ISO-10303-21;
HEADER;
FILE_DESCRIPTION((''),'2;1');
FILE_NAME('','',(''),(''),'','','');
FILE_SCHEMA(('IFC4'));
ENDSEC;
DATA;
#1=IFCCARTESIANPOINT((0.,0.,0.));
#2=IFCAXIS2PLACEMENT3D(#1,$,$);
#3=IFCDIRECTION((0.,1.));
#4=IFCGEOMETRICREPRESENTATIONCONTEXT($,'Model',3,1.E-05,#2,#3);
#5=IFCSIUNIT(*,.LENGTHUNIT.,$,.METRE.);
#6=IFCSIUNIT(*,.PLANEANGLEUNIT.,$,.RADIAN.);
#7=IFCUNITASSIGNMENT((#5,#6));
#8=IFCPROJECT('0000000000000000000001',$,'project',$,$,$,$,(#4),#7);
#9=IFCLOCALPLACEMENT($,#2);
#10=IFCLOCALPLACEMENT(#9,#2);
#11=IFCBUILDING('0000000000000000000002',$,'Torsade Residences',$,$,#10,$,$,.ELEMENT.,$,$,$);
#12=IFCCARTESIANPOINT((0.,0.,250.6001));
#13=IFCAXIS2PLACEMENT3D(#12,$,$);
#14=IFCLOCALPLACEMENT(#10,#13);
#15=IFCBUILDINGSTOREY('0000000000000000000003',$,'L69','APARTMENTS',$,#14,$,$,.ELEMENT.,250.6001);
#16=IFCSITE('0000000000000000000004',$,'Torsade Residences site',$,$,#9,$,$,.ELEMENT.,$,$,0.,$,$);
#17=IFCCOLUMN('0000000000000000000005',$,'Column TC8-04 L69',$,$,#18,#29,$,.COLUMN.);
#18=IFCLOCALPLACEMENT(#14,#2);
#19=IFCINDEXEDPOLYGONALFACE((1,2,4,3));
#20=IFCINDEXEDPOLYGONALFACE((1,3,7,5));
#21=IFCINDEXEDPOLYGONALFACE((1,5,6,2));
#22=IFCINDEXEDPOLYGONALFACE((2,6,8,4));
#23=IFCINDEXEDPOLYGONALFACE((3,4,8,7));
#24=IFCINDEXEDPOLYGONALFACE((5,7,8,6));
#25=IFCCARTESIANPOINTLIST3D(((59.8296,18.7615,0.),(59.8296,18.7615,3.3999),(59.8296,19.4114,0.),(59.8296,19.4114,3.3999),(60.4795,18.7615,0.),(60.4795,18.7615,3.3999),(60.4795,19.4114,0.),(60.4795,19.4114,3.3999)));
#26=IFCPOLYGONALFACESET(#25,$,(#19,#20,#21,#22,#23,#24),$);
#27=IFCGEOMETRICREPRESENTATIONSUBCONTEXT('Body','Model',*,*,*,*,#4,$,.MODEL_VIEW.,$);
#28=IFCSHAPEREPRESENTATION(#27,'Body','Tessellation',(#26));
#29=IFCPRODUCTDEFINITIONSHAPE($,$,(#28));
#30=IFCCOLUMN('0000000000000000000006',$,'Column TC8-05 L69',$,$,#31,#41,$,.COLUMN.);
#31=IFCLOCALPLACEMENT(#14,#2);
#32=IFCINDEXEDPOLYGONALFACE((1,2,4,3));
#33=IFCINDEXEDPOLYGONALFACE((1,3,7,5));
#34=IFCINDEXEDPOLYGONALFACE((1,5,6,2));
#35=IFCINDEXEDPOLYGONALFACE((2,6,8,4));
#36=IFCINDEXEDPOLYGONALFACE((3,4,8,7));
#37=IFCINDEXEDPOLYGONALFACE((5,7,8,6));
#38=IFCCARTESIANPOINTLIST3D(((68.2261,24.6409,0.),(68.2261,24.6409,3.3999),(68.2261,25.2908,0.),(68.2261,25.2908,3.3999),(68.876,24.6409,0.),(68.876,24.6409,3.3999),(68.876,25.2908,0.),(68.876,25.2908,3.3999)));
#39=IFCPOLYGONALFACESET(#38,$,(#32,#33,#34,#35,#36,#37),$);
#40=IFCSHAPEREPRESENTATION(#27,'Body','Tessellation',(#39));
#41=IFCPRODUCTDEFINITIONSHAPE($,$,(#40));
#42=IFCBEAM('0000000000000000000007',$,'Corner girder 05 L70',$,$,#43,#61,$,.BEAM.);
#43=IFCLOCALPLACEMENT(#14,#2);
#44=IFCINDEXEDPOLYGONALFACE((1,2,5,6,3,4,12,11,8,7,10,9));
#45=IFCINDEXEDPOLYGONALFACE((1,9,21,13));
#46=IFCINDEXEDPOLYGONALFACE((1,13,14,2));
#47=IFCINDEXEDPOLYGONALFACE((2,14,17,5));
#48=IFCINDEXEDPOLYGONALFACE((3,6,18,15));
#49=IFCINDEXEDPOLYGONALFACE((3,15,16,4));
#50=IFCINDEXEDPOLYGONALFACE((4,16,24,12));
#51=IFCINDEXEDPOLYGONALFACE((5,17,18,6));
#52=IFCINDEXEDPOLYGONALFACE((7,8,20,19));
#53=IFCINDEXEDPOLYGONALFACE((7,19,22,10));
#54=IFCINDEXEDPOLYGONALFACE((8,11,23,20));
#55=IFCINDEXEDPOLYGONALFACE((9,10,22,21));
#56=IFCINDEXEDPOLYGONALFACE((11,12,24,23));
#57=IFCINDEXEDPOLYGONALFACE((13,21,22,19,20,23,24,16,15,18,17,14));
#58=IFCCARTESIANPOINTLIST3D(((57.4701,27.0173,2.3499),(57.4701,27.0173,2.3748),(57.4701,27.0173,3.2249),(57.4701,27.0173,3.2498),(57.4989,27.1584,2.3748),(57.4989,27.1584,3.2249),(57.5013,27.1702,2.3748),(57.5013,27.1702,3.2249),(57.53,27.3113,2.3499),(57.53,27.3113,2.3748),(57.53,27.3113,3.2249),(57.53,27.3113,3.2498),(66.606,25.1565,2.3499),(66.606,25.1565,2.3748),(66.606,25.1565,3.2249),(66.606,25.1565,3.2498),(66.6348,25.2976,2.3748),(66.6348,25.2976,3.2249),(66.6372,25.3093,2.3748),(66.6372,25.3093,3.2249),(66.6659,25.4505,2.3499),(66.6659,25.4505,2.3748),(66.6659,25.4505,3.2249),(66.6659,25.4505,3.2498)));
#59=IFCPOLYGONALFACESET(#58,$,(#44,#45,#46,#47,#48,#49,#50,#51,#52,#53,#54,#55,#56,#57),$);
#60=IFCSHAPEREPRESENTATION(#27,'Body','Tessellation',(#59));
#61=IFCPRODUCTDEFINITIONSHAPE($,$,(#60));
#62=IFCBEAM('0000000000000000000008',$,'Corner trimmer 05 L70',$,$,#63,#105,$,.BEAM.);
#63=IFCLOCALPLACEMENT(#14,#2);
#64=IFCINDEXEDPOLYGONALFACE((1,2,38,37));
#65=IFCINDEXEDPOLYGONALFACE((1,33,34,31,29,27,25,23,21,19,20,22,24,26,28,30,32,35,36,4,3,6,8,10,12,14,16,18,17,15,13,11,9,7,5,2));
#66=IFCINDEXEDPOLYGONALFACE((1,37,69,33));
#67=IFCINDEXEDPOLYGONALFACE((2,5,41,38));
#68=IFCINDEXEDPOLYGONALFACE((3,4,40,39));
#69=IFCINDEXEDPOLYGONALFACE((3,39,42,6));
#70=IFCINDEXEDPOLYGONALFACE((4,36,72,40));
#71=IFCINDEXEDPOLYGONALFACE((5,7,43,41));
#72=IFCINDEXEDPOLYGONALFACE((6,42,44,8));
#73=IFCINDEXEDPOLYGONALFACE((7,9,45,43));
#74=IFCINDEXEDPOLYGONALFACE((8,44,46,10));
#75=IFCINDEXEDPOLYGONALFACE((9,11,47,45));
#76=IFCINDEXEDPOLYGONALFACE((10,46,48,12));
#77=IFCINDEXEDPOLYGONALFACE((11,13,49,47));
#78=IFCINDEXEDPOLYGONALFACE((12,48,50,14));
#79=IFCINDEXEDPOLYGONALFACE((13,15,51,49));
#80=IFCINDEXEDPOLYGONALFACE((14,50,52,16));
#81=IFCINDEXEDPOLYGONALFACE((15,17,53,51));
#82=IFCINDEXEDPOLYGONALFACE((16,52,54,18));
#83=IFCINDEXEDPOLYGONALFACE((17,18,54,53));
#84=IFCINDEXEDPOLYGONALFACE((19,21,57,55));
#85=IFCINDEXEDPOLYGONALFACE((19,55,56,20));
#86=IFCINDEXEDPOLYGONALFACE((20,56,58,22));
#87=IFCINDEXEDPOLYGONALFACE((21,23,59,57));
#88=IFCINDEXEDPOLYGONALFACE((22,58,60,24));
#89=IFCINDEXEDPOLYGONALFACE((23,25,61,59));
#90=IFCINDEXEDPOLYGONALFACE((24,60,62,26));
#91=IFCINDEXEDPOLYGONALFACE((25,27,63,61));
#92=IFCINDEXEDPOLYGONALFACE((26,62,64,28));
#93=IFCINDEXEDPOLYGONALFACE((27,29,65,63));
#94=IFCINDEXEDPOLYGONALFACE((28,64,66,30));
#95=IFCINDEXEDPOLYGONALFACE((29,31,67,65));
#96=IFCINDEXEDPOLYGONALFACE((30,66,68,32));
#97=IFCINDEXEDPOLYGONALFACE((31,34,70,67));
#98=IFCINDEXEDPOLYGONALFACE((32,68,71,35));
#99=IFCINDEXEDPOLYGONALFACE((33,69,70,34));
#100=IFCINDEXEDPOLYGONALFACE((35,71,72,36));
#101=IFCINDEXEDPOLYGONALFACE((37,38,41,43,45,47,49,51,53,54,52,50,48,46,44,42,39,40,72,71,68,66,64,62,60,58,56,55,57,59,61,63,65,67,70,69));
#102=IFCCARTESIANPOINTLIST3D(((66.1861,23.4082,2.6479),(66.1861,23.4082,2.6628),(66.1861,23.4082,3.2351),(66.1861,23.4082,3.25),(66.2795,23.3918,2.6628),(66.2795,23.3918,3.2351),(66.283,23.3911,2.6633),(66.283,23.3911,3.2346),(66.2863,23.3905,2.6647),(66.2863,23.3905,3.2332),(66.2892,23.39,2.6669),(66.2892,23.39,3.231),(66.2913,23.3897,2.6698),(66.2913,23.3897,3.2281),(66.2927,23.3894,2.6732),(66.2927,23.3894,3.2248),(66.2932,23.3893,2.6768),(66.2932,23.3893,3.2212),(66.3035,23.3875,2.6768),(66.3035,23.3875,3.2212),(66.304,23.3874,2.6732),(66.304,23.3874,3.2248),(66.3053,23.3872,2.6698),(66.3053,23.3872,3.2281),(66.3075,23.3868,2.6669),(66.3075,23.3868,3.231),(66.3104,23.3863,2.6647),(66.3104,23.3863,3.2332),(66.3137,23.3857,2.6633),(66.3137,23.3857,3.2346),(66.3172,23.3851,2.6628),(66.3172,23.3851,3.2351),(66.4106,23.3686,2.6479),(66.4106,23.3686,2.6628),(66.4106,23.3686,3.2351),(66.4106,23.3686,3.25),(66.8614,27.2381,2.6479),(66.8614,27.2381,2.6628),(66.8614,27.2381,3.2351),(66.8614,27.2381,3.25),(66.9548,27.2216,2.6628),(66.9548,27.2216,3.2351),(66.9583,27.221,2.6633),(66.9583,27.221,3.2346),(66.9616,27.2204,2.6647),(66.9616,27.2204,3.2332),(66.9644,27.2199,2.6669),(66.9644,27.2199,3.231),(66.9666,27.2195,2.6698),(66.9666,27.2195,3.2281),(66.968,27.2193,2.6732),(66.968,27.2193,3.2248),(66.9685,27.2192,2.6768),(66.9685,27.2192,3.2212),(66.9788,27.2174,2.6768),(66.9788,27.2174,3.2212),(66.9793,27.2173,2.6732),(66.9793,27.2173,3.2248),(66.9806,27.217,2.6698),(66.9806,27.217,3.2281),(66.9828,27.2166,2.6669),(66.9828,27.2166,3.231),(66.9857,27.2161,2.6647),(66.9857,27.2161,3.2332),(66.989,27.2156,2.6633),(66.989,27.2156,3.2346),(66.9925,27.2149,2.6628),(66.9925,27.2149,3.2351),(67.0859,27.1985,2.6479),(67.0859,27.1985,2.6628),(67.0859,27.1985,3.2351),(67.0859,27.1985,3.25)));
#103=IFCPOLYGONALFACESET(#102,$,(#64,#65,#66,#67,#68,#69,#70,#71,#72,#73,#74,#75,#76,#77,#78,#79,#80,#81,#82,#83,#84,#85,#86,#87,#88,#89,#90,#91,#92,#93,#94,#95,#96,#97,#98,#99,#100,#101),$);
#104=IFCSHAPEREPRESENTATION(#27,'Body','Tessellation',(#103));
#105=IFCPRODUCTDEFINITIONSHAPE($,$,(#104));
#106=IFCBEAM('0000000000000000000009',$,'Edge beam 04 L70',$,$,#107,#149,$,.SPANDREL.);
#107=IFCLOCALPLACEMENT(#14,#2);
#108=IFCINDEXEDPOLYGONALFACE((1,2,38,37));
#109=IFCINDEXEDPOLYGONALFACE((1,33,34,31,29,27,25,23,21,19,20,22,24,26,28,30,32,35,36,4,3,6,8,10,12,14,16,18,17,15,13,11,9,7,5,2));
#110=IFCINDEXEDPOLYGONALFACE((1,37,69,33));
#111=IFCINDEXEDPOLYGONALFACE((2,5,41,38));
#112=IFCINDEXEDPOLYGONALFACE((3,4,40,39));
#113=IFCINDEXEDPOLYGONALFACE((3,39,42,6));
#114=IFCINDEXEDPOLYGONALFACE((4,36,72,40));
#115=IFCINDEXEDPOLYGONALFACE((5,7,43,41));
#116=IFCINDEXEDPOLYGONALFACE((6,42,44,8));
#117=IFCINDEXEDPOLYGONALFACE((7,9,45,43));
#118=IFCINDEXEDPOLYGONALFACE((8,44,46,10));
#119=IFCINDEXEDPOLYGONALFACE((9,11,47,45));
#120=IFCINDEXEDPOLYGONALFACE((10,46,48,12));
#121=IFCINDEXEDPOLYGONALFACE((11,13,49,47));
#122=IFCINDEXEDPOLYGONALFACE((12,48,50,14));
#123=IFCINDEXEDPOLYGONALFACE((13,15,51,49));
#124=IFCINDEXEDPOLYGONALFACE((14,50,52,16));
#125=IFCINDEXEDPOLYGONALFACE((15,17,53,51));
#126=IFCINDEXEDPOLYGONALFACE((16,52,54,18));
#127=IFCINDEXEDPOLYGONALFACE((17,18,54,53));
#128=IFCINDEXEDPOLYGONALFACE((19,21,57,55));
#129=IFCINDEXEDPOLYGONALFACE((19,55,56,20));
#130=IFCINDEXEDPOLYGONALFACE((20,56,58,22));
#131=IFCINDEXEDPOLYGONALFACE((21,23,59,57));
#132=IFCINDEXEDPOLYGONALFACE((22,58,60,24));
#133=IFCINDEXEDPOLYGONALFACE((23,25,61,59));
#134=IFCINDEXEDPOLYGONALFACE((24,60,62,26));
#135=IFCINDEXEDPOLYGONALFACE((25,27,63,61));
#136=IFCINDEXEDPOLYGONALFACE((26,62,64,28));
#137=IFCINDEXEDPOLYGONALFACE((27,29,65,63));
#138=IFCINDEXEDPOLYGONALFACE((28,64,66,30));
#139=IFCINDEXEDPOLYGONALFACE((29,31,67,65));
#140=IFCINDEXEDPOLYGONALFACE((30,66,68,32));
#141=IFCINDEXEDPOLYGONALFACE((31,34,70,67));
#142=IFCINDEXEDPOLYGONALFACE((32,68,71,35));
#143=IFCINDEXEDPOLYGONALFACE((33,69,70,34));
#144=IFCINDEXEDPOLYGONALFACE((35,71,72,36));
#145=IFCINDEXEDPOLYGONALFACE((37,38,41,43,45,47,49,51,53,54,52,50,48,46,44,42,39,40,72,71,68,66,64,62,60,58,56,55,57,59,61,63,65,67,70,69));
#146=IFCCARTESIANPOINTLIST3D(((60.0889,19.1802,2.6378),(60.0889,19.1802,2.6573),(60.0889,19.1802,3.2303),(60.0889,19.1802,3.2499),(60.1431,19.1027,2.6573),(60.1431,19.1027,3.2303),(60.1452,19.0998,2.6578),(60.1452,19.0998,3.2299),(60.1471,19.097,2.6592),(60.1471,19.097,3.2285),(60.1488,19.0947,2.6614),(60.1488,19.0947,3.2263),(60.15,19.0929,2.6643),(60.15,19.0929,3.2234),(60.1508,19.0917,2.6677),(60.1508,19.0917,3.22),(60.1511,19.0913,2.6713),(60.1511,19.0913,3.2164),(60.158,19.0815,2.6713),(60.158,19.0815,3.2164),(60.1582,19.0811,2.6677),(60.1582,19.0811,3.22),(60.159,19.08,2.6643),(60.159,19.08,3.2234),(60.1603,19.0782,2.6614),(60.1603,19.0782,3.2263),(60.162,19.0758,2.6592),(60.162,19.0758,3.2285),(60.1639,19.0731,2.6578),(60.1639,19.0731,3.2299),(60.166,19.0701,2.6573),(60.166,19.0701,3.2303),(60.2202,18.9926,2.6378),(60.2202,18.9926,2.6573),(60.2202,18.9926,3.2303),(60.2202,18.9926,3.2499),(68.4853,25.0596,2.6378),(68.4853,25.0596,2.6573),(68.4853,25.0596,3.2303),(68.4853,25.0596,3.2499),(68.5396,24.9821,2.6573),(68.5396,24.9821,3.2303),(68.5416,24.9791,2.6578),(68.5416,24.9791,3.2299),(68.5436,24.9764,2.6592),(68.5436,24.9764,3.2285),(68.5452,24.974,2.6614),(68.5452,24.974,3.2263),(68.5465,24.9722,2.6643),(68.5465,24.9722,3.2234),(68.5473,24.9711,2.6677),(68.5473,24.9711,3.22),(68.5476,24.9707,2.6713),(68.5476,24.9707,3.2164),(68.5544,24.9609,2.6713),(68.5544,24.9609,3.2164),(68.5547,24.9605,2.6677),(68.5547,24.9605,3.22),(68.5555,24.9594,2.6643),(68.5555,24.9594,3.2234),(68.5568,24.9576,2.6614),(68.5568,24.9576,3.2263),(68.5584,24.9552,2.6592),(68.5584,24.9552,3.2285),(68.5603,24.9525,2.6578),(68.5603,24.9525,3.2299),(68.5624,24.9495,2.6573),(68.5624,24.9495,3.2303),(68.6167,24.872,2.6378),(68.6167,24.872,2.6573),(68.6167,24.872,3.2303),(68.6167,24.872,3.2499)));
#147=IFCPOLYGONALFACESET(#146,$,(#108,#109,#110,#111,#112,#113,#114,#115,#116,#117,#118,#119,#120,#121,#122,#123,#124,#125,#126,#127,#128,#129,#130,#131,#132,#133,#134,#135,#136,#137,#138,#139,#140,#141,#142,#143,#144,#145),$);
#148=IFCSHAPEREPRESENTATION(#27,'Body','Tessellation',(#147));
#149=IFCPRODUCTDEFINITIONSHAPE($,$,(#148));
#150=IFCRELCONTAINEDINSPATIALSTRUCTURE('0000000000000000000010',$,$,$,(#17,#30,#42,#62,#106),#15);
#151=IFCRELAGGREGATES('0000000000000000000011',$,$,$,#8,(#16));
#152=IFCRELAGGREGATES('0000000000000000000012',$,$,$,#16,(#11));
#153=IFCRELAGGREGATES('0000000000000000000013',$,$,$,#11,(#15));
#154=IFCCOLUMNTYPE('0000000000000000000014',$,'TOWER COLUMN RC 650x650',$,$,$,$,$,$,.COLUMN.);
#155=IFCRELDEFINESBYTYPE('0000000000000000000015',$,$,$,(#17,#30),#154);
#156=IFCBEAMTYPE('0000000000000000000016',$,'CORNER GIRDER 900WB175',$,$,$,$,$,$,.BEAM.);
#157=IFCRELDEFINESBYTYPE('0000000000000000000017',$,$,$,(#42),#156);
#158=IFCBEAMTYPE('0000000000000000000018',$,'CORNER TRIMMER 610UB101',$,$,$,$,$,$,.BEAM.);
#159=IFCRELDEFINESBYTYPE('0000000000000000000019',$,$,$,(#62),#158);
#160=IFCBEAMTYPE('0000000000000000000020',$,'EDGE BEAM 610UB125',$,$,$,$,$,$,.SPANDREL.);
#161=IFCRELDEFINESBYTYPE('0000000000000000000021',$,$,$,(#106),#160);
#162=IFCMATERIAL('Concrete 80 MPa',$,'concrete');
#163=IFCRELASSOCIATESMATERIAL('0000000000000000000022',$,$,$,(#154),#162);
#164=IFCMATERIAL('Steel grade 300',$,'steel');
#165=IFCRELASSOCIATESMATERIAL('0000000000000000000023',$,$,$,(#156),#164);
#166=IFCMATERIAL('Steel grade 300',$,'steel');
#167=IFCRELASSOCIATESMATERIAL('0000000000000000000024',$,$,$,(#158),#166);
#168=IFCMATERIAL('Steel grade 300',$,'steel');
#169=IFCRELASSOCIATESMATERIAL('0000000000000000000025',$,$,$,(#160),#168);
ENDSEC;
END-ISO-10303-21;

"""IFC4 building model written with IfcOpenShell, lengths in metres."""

from ifc_helpers import new_model, si_unit, direction, frame, origin, origin_2d, place, context, subcontext, project, spatial, rectangle, i_section, extrude, material, material_profile, profile_set, type_object, element, save


model = new_model("IFC4")

# Units and contexts
model_context = context("Model", 3, precision=1e-05, world=origin(), true_north=direction((0.0, 1.0)))
body_context = subcontext(model_context, "Body", "Model", "MODEL_VIEW")
ifc_project = project(units=[si_unit("LENGTHUNIT", "METRE"), si_unit("PLANEANGLEUNIT", "RADIAN")], contexts=[model_context])

# Site, building, storey
site_placement = place(None, origin())
site = spatial("IfcSite", under=ifc_project, at=site_placement, Name="Torsade Residences site", CompositionType="ELEMENT", RefElevation=0.0)
building_placement = place(site_placement, origin())
building = spatial("IfcBuilding", under=site, at=building_placement, Name="Torsade Residences", CompositionType="ELEMENT")
storey_placement = place(building_placement, frame((0.0, 0.0, 250.6001)))
storey = spatial("IfcBuildingStorey", under=building, at=storey_placement, Name="L69", Description="APARTMENTS", CompositionType="ELEMENT", Elevation=250.6001)

# Columns
ifc_material_1 = material(Name="Concrete 80 MPa", Category="concrete")
ifc_material_profile_1 = material_profile(ifc_material_1, rectangle(XDim=0.6499, YDim=0.6499, at=origin_2d()), Name="RC 650x650")
ifc_profile_set_1 = profile_set([ifc_material_profile_1], Name="Concrete 80 MPa")
column_type = type_object("IfcColumnType", Name="TOWER COLUMN RC 650x650", PredefinedType="COLUMN", material=ifc_profile_set_1)
for number, where, z_axis, x_axis, name in (
    (1, (60.1545, 19.0864, 0.0), (0.0, 0.0, 1.0), (1.0, 0.0, 0.0), "Column TC8-04 L69"),
    (2, (68.551, 24.9658, 0.0), (0.0, 0.0, 1.0), (1.0, 0.0, 0.0), "Column TC8-05 L69"),
):
    element("IfcColumn", number, at=place(storey_placement, frame(where, z_axis=z_axis, x_axis=x_axis)), inside=storey, type_object=column_type, Name=name, PredefinedType="COLUMN", context=body_context, shape_type="SweptSolid", body=[
        extrude(rectangle(XDim=0.6499, YDim=0.6499, at=origin_2d()), origin(), (0.0, 0.0, 1.0), 3.3999),
    ])

# Beams
ifc_material_2 = material(Name="Steel grade 300", Category="steel")
ifc_material_profile_2 = material_profile(ifc_material_2, i_section(OverallWidth=0.3, OverallDepth=0.8999, WebThickness=0.012, FlangeThickness=0.0249, at=origin_2d()), Name="900WB175")
ifc_profile_set_2 = profile_set([ifc_material_profile_2], Name="Steel grade 300")
beam_type_1 = type_object("IfcBeamType", Name="CORNER GIRDER 900WB175", PredefinedType="BEAM", material=ifc_profile_set_2)
beam_1_placement = place(storey_placement, frame((66.636, 25.3035, 2.7998), z_axis=(-0.979881, 0.199584, 0.0), x_axis=(-0.199584, -0.979881, 0.0)))
element("IfcBeam", 3, at=beam_1_placement, inside=storey, type_object=beam_type_1, Name="Corner girder 05 L70", PredefinedType="BEAM", context=body_context, shape_type="SweptSolid", body=[
    extrude(i_section(OverallWidth=0.3, OverallDepth=0.8999, WebThickness=0.012, FlangeThickness=0.0249, at=origin_2d()), origin(), (0.0, 0.0, 1.0), 9.3235),
])
ifc_material_3 = material(Name="Steel grade 300", Category="steel")
ifc_material_profile_3 = material_profile(ifc_material_3, i_section(OverallWidth=0.228, OverallDepth=0.6021, WebThickness=0.0105, FlangeThickness=0.0149, FilletRadius=0.0139, at=origin_2d()), Name="610UB101")
ifc_profile_set_3 = profile_set([ifc_material_profile_3], Name="Steel grade 300")
beam_type_2 = type_object("IfcBeamType", Name="CORNER TRIMMER 610UB101", PredefinedType="BEAM", material=ifc_profile_set_3)
beam_2_placement = place(storey_placement, frame((66.9736, 27.2183, 2.949), z_axis=(-0.173646, -0.984808, 0.0), x_axis=(0.984808, -0.173646, 0.0)))
element("IfcBeam", 4, at=beam_2_placement, inside=storey, type_object=beam_type_2, Name="Corner trimmer 05 L70", PredefinedType="BEAM", context=body_context, shape_type="SweptSolid", body=[
    extrude(i_section(OverallWidth=0.228, OverallDepth=0.6021, WebThickness=0.0105, FlangeThickness=0.0149, FilletRadius=0.0139, at=origin_2d()), origin(), (0.0, 0.0, 1.0), 3.8889),
])
ifc_material_4 = material(Name="Steel grade 300", Category="steel")
ifc_material_profile_4 = material_profile(ifc_material_4, i_section(OverallWidth=0.229, OverallDepth=0.6121, WebThickness=0.012, FlangeThickness=0.0195, FilletRadius=0.0139, at=origin_2d()), Name="610UB125")
ifc_profile_set_4 = profile_set([ifc_material_profile_4], Name="Steel grade 300")
beam_type_3 = type_object("IfcBeamType", Name="EDGE BEAM 610UB125", PredefinedType="SPANDREL", material=ifc_profile_set_4)
beam_3_placement = place(storey_placement, frame((60.1545, 19.0864, 2.9438), z_axis=(0.819147, 0.573584, 0.0), x_axis=(-0.573584, 0.819147, 0.0)))
element("IfcBeam", 5, at=beam_3_placement, inside=storey, type_object=beam_type_3, Name="Edge beam 04 L70", PredefinedType="SPANDREL", context=body_context, shape_type="SweptSolid", body=[
    extrude(i_section(OverallWidth=0.229, OverallDepth=0.6121, WebThickness=0.012, FlangeThickness=0.0195, FilletRadius=0.0139, at=origin_2d()), origin(), (0.0, 0.0, 1.0), 10.2502),
])

save(model, "model.ifc")
